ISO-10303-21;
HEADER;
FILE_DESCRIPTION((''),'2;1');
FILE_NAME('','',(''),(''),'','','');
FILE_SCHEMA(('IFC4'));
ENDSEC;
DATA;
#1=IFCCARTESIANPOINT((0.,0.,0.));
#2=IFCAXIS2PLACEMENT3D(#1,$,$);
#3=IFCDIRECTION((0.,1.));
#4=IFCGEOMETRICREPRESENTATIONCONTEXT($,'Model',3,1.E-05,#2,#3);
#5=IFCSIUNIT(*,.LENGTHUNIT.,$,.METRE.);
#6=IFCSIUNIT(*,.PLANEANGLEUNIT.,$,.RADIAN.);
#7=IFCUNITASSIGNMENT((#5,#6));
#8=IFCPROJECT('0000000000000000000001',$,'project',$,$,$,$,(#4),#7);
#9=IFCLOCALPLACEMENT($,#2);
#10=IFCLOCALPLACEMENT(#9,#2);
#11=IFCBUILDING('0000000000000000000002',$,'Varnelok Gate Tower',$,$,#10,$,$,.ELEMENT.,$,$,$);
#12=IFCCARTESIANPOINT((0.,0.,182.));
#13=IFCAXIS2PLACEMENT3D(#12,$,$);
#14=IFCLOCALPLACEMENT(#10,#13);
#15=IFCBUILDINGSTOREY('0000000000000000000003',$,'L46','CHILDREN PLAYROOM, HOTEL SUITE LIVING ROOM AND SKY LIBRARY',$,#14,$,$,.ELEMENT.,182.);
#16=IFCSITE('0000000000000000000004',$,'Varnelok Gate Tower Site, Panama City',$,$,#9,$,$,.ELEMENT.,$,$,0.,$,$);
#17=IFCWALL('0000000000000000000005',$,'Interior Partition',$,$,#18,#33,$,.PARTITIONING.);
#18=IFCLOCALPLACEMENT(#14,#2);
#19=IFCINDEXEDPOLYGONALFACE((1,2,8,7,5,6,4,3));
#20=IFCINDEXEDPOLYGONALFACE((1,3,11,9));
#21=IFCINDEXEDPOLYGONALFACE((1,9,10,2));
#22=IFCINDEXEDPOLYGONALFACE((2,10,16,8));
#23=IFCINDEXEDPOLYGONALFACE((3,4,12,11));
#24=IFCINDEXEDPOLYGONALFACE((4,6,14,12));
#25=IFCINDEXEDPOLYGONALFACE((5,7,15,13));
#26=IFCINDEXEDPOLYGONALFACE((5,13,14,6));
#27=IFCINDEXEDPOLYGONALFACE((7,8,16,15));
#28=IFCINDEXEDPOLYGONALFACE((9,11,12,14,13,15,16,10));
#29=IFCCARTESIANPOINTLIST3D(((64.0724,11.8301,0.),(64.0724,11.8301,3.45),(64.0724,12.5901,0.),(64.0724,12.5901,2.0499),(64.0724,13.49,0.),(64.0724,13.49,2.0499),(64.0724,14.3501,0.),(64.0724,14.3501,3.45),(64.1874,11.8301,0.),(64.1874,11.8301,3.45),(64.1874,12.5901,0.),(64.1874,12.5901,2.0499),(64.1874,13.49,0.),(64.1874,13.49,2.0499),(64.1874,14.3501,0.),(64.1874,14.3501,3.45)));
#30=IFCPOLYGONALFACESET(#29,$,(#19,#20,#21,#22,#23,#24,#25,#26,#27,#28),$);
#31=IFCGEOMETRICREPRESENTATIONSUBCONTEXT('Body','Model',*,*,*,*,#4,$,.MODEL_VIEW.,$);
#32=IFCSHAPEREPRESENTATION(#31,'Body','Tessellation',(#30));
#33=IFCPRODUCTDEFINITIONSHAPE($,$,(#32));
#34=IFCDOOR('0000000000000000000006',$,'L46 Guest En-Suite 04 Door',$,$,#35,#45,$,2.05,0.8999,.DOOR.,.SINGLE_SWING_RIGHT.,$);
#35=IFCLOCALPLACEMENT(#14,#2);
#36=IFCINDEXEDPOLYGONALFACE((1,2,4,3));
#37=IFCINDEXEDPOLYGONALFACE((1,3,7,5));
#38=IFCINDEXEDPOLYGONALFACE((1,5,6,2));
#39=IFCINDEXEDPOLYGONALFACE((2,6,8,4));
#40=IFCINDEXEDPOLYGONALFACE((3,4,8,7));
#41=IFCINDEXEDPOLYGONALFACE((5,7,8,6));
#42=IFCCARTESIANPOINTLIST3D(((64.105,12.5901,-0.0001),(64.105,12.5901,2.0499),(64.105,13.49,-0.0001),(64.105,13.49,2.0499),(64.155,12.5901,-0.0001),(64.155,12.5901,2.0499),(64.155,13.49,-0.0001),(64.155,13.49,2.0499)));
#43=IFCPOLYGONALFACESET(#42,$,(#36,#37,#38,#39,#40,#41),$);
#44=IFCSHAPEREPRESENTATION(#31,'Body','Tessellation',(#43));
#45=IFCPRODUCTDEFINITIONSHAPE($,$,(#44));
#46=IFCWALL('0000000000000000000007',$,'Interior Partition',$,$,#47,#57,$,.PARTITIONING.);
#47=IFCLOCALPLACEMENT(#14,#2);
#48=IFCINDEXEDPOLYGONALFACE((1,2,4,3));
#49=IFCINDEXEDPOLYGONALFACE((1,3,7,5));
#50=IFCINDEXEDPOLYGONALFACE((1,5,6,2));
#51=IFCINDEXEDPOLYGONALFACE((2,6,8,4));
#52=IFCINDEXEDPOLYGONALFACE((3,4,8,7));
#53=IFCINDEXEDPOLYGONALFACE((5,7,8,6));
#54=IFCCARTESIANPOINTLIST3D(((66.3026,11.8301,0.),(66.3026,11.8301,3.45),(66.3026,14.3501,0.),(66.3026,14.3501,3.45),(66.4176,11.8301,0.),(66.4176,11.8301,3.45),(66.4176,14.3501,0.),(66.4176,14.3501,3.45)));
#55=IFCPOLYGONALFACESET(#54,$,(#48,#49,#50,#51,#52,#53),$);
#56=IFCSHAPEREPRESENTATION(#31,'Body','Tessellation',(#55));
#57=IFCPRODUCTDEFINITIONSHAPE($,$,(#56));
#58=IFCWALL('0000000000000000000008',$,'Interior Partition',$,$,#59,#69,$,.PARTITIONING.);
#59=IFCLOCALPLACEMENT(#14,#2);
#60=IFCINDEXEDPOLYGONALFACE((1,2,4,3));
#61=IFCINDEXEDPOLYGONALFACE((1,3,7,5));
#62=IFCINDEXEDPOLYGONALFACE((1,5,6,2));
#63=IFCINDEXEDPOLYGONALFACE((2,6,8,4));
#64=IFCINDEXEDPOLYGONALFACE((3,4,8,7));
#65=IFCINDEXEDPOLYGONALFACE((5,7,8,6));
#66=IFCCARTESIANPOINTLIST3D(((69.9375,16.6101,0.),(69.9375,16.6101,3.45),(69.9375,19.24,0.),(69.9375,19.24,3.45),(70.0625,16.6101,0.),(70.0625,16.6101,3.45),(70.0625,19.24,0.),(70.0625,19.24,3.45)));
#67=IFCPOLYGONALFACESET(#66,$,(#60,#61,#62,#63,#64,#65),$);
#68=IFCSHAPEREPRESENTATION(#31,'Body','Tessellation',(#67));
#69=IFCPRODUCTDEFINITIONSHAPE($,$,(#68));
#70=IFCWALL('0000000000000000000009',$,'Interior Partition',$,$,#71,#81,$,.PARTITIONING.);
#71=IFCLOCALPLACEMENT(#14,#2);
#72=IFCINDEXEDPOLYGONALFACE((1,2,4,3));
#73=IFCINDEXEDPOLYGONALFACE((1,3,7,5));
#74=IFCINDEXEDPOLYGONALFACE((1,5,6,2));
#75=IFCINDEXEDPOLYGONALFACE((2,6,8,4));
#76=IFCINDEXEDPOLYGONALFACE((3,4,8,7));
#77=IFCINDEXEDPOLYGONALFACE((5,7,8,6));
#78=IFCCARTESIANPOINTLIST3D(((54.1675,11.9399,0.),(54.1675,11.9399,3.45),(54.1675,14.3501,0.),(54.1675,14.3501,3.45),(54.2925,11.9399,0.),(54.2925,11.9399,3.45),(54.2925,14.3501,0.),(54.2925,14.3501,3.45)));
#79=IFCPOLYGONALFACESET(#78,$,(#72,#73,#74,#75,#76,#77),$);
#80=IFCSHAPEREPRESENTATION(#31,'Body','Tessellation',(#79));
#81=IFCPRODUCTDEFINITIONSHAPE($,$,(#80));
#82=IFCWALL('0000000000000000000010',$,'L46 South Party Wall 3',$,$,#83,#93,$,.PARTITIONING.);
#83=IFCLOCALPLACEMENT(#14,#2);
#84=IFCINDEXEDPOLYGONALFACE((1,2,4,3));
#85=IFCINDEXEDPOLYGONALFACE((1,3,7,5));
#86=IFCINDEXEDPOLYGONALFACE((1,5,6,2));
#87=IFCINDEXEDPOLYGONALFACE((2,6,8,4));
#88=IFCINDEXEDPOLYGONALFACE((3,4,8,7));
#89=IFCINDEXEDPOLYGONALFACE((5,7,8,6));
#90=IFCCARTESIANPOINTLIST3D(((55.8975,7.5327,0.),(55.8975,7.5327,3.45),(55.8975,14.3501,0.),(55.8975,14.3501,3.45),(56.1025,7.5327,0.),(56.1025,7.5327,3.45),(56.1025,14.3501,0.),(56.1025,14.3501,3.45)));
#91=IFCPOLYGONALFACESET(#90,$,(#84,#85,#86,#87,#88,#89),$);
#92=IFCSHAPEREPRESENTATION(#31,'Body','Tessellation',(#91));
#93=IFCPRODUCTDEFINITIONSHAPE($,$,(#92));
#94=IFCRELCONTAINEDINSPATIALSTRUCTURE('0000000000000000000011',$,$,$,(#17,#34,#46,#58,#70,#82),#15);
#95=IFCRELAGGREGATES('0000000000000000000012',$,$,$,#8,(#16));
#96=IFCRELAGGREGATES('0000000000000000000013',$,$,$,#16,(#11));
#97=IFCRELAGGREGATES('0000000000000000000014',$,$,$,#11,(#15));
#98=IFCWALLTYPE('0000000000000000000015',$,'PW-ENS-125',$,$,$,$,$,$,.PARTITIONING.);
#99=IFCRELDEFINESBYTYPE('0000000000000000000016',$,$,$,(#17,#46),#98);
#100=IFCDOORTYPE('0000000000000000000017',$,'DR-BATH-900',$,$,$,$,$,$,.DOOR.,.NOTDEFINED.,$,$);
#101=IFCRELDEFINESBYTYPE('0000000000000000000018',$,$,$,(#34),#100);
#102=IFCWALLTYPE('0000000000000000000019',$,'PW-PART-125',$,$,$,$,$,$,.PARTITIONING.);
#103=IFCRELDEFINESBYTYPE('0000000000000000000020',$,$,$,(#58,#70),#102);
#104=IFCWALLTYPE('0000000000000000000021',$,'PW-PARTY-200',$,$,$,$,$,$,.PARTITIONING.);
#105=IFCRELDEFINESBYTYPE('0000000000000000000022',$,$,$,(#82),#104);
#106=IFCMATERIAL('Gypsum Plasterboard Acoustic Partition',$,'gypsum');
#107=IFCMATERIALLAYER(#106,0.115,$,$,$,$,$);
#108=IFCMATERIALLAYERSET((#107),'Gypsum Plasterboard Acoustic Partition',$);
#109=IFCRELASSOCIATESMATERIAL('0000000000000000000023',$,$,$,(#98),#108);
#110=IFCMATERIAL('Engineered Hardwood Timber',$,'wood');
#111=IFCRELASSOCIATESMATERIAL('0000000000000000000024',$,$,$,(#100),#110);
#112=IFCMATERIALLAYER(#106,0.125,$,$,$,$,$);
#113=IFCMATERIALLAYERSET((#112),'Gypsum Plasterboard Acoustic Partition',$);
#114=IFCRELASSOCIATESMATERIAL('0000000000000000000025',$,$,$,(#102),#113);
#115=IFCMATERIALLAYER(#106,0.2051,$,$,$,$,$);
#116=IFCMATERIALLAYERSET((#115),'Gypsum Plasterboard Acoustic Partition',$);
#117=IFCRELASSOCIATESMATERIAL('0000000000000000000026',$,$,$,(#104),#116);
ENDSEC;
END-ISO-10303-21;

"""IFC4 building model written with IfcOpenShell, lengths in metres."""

from ifc_helpers import new_model, si_unit, direction, frame, frame_2d, origin, place, context, subcontext, project, spatial, rectangle, extrude, material, layer, layer_set, type_object, element, fill, save


model = new_model("IFC4")

# Units and contexts
model_context = context("Model", 3, precision=1e-05, world=origin(), true_north=direction((0.0, 1.0)))
body_context = subcontext(model_context, "Body", "Model", "MODEL_VIEW")
ifc_project = project(units=[si_unit("LENGTHUNIT", "METRE"), si_unit("PLANEANGLEUNIT", "RADIAN")], contexts=[model_context])

# Site, building, storey
site_placement = place(None, origin())
site = spatial("IfcSite", under=ifc_project, at=site_placement, Name="Varnelok Gate Tower Site, Panama City", CompositionType="ELEMENT", RefElevation=0.0)
building_placement = place(site_placement, origin())
building = spatial("IfcBuilding", under=site, at=building_placement, Name="Varnelok Gate Tower", CompositionType="ELEMENT")
storey_placement = place(building_placement, frame((0.0, 0.0, 182.0)))
storey = spatial("IfcBuildingStorey", under=building, at=storey_placement, Name="L46", Description="CHILDREN PLAYROOM, HOTEL SUITE LIVING ROOM AND SKY LIBRARY", CompositionType="ELEMENT", Elevation=182.0)

# Shared definitions
ifc_material_1 = material(Name="Gypsum Plasterboard Acoustic Partition", Category="gypsum")
ifc_material_2 = material(Name="Engineered Hardwood Timber", Category="wood")

# Shared definitions
ifc_layer_1 = layer(ifc_material_1, 0.115)
ifc_layer_set_1 = layer_set([ifc_layer_1], Name="Gypsum Plasterboard Acoustic Partition")
wall_type_1 = type_object("IfcWallType", Name="PW-ENS-125", PredefinedType="PARTITIONING", material=ifc_layer_set_1)

# Wall, opening, door
wall_1_placement = place(storey_placement, frame((64.1299, 11.8301, 0.0), z_axis=(0.0, 0.0, 1.0), x_axis=(0.0, 1.0, 0.0)))
wall_1 = element("IfcWall", 1, at=wall_1_placement, inside=storey, type_object=wall_type_1, Name="Interior Partition", PredefinedType="PARTITIONING", context=body_context, shape_type="SweptSolid", body=[
    extrude(rectangle(XDim=2.52, YDim=0.115, at=frame_2d((1.26, 0.0))), origin(), (0.0, 0.0, 1.0), 3.45),
])
opening_1_placement = place(wall_1_placement, frame((0.76, 0.0, 0.0)))
opening_1 = element("IfcOpeningElement", 2, at=opening_1_placement, cuts=wall_1, PredefinedType="OPENING", context=body_context, shape_type="SweptSolid", body=[
    extrude(rectangle(XDim=0.8999, YDim=2.05, at=frame_2d((0.45, 1.0249))), frame((0.0, 0.0674, 0.0), z_axis=(0.0, -1.0, 0.0), x_axis=(1.0, 0.0, 0.0)), (0.0, 0.0, 1.0), 0.135),
])
door_type_1 = type_object("IfcDoorType", Name="DR-BATH-900", OperationType="NOTDEFINED", PredefinedType="DOOR", material=ifc_material_2)
door_1_placement = place(opening_1_placement, origin())
door_1 = element("IfcDoor", 3, at=door_1_placement, inside=storey, type_object=door_type_1, Name="L46 Guest En-Suite 04 Door", OperationType="SINGLE_SWING_RIGHT", OverallHeight=2.05, OverallWidth=0.8999, PredefinedType="DOOR", context=body_context, shape_type="SweptSolid", body=[
    extrude(rectangle(XDim=0.8999, YDim=2.05, at=frame_2d((0.45, 1.0249))), frame((0.0, 0.0249, 0.0), z_axis=(0.0, -1.0, 0.0), x_axis=(1.0, 0.0, 0.0)), (0.0, 0.0, 1.0), 0.05),
])
fill(opening_1, door_1)

# Walls
wall_2_placement = place(storey_placement, frame((66.3601, 11.8301, 0.0), z_axis=(0.0, 0.0, 1.0), x_axis=(0.0, 1.0, 0.0)))
element("IfcWall", 4, at=wall_2_placement, inside=storey, type_object=wall_type_1, Name="Interior Partition", PredefinedType="PARTITIONING", context=body_context, shape_type="SweptSolid", body=[
    extrude(rectangle(XDim=2.52, YDim=0.115, at=frame_2d((1.26, 0.0))), origin(), (0.0, 0.0, 1.0), 3.45),
])
ifc_layer_2 = layer(ifc_material_1, 0.125)
ifc_layer_set_2 = layer_set([ifc_layer_2], Name="Gypsum Plasterboard Acoustic Partition")
wall_type_2 = type_object("IfcWallType", Name="PW-PART-125", PredefinedType="PARTITIONING", material=ifc_layer_set_2)
wall_3_placement = place(storey_placement, frame((70.0, 16.6101, 0.0), z_axis=(0.0, 0.0, 1.0), x_axis=(0.0, 1.0, 0.0)))
element("IfcWall", 5, at=wall_3_placement, inside=storey, type_object=wall_type_2, Name="Interior Partition", PredefinedType="PARTITIONING", context=body_context, shape_type="SweptSolid", body=[
    extrude(rectangle(XDim=2.6299, YDim=0.125, at=frame_2d((1.3149, 0.0))), origin(), (0.0, 0.0, 1.0), 3.45),
])
wall_4_placement = place(storey_placement, frame((54.23, 11.9399, 0.0), z_axis=(0.0, 0.0, 1.0), x_axis=(0.0, 1.0, 0.0)))
element("IfcWall", 6, at=wall_4_placement, inside=storey, type_object=wall_type_2, Name="Interior Partition", PredefinedType="PARTITIONING", context=body_context, shape_type="SweptSolid", body=[
    extrude(rectangle(XDim=2.4102, YDim=0.125, at=frame_2d((1.2051, 0.0))), origin(), (0.0, 0.0, 1.0), 3.45),
])
ifc_layer_3 = layer(ifc_material_1, 0.2051)
ifc_layer_set_3 = layer_set([ifc_layer_3], Name="Gypsum Plasterboard Acoustic Partition")
wall_type_3 = type_object("IfcWallType", Name="PW-PARTY-200", PredefinedType="PARTITIONING", material=ifc_layer_set_3)
wall_5_placement = place(storey_placement, frame((56.0, 7.5327, 0.0), z_axis=(0.0, 0.0, 1.0), x_axis=(0.0, 1.0, 0.0)))
element("IfcWall", 7, at=wall_5_placement, inside=storey, type_object=wall_type_3, Name="L46 South Party Wall 3", PredefinedType="PARTITIONING", context=body_context, shape_type="SweptSolid", body=[
    extrude(rectangle(XDim=6.8174, YDim=0.2051, at=frame_2d((3.4087, 0.0))), origin(), (0.0, 0.0, 1.0), 3.45),
])

save(model, "model.ifc")
